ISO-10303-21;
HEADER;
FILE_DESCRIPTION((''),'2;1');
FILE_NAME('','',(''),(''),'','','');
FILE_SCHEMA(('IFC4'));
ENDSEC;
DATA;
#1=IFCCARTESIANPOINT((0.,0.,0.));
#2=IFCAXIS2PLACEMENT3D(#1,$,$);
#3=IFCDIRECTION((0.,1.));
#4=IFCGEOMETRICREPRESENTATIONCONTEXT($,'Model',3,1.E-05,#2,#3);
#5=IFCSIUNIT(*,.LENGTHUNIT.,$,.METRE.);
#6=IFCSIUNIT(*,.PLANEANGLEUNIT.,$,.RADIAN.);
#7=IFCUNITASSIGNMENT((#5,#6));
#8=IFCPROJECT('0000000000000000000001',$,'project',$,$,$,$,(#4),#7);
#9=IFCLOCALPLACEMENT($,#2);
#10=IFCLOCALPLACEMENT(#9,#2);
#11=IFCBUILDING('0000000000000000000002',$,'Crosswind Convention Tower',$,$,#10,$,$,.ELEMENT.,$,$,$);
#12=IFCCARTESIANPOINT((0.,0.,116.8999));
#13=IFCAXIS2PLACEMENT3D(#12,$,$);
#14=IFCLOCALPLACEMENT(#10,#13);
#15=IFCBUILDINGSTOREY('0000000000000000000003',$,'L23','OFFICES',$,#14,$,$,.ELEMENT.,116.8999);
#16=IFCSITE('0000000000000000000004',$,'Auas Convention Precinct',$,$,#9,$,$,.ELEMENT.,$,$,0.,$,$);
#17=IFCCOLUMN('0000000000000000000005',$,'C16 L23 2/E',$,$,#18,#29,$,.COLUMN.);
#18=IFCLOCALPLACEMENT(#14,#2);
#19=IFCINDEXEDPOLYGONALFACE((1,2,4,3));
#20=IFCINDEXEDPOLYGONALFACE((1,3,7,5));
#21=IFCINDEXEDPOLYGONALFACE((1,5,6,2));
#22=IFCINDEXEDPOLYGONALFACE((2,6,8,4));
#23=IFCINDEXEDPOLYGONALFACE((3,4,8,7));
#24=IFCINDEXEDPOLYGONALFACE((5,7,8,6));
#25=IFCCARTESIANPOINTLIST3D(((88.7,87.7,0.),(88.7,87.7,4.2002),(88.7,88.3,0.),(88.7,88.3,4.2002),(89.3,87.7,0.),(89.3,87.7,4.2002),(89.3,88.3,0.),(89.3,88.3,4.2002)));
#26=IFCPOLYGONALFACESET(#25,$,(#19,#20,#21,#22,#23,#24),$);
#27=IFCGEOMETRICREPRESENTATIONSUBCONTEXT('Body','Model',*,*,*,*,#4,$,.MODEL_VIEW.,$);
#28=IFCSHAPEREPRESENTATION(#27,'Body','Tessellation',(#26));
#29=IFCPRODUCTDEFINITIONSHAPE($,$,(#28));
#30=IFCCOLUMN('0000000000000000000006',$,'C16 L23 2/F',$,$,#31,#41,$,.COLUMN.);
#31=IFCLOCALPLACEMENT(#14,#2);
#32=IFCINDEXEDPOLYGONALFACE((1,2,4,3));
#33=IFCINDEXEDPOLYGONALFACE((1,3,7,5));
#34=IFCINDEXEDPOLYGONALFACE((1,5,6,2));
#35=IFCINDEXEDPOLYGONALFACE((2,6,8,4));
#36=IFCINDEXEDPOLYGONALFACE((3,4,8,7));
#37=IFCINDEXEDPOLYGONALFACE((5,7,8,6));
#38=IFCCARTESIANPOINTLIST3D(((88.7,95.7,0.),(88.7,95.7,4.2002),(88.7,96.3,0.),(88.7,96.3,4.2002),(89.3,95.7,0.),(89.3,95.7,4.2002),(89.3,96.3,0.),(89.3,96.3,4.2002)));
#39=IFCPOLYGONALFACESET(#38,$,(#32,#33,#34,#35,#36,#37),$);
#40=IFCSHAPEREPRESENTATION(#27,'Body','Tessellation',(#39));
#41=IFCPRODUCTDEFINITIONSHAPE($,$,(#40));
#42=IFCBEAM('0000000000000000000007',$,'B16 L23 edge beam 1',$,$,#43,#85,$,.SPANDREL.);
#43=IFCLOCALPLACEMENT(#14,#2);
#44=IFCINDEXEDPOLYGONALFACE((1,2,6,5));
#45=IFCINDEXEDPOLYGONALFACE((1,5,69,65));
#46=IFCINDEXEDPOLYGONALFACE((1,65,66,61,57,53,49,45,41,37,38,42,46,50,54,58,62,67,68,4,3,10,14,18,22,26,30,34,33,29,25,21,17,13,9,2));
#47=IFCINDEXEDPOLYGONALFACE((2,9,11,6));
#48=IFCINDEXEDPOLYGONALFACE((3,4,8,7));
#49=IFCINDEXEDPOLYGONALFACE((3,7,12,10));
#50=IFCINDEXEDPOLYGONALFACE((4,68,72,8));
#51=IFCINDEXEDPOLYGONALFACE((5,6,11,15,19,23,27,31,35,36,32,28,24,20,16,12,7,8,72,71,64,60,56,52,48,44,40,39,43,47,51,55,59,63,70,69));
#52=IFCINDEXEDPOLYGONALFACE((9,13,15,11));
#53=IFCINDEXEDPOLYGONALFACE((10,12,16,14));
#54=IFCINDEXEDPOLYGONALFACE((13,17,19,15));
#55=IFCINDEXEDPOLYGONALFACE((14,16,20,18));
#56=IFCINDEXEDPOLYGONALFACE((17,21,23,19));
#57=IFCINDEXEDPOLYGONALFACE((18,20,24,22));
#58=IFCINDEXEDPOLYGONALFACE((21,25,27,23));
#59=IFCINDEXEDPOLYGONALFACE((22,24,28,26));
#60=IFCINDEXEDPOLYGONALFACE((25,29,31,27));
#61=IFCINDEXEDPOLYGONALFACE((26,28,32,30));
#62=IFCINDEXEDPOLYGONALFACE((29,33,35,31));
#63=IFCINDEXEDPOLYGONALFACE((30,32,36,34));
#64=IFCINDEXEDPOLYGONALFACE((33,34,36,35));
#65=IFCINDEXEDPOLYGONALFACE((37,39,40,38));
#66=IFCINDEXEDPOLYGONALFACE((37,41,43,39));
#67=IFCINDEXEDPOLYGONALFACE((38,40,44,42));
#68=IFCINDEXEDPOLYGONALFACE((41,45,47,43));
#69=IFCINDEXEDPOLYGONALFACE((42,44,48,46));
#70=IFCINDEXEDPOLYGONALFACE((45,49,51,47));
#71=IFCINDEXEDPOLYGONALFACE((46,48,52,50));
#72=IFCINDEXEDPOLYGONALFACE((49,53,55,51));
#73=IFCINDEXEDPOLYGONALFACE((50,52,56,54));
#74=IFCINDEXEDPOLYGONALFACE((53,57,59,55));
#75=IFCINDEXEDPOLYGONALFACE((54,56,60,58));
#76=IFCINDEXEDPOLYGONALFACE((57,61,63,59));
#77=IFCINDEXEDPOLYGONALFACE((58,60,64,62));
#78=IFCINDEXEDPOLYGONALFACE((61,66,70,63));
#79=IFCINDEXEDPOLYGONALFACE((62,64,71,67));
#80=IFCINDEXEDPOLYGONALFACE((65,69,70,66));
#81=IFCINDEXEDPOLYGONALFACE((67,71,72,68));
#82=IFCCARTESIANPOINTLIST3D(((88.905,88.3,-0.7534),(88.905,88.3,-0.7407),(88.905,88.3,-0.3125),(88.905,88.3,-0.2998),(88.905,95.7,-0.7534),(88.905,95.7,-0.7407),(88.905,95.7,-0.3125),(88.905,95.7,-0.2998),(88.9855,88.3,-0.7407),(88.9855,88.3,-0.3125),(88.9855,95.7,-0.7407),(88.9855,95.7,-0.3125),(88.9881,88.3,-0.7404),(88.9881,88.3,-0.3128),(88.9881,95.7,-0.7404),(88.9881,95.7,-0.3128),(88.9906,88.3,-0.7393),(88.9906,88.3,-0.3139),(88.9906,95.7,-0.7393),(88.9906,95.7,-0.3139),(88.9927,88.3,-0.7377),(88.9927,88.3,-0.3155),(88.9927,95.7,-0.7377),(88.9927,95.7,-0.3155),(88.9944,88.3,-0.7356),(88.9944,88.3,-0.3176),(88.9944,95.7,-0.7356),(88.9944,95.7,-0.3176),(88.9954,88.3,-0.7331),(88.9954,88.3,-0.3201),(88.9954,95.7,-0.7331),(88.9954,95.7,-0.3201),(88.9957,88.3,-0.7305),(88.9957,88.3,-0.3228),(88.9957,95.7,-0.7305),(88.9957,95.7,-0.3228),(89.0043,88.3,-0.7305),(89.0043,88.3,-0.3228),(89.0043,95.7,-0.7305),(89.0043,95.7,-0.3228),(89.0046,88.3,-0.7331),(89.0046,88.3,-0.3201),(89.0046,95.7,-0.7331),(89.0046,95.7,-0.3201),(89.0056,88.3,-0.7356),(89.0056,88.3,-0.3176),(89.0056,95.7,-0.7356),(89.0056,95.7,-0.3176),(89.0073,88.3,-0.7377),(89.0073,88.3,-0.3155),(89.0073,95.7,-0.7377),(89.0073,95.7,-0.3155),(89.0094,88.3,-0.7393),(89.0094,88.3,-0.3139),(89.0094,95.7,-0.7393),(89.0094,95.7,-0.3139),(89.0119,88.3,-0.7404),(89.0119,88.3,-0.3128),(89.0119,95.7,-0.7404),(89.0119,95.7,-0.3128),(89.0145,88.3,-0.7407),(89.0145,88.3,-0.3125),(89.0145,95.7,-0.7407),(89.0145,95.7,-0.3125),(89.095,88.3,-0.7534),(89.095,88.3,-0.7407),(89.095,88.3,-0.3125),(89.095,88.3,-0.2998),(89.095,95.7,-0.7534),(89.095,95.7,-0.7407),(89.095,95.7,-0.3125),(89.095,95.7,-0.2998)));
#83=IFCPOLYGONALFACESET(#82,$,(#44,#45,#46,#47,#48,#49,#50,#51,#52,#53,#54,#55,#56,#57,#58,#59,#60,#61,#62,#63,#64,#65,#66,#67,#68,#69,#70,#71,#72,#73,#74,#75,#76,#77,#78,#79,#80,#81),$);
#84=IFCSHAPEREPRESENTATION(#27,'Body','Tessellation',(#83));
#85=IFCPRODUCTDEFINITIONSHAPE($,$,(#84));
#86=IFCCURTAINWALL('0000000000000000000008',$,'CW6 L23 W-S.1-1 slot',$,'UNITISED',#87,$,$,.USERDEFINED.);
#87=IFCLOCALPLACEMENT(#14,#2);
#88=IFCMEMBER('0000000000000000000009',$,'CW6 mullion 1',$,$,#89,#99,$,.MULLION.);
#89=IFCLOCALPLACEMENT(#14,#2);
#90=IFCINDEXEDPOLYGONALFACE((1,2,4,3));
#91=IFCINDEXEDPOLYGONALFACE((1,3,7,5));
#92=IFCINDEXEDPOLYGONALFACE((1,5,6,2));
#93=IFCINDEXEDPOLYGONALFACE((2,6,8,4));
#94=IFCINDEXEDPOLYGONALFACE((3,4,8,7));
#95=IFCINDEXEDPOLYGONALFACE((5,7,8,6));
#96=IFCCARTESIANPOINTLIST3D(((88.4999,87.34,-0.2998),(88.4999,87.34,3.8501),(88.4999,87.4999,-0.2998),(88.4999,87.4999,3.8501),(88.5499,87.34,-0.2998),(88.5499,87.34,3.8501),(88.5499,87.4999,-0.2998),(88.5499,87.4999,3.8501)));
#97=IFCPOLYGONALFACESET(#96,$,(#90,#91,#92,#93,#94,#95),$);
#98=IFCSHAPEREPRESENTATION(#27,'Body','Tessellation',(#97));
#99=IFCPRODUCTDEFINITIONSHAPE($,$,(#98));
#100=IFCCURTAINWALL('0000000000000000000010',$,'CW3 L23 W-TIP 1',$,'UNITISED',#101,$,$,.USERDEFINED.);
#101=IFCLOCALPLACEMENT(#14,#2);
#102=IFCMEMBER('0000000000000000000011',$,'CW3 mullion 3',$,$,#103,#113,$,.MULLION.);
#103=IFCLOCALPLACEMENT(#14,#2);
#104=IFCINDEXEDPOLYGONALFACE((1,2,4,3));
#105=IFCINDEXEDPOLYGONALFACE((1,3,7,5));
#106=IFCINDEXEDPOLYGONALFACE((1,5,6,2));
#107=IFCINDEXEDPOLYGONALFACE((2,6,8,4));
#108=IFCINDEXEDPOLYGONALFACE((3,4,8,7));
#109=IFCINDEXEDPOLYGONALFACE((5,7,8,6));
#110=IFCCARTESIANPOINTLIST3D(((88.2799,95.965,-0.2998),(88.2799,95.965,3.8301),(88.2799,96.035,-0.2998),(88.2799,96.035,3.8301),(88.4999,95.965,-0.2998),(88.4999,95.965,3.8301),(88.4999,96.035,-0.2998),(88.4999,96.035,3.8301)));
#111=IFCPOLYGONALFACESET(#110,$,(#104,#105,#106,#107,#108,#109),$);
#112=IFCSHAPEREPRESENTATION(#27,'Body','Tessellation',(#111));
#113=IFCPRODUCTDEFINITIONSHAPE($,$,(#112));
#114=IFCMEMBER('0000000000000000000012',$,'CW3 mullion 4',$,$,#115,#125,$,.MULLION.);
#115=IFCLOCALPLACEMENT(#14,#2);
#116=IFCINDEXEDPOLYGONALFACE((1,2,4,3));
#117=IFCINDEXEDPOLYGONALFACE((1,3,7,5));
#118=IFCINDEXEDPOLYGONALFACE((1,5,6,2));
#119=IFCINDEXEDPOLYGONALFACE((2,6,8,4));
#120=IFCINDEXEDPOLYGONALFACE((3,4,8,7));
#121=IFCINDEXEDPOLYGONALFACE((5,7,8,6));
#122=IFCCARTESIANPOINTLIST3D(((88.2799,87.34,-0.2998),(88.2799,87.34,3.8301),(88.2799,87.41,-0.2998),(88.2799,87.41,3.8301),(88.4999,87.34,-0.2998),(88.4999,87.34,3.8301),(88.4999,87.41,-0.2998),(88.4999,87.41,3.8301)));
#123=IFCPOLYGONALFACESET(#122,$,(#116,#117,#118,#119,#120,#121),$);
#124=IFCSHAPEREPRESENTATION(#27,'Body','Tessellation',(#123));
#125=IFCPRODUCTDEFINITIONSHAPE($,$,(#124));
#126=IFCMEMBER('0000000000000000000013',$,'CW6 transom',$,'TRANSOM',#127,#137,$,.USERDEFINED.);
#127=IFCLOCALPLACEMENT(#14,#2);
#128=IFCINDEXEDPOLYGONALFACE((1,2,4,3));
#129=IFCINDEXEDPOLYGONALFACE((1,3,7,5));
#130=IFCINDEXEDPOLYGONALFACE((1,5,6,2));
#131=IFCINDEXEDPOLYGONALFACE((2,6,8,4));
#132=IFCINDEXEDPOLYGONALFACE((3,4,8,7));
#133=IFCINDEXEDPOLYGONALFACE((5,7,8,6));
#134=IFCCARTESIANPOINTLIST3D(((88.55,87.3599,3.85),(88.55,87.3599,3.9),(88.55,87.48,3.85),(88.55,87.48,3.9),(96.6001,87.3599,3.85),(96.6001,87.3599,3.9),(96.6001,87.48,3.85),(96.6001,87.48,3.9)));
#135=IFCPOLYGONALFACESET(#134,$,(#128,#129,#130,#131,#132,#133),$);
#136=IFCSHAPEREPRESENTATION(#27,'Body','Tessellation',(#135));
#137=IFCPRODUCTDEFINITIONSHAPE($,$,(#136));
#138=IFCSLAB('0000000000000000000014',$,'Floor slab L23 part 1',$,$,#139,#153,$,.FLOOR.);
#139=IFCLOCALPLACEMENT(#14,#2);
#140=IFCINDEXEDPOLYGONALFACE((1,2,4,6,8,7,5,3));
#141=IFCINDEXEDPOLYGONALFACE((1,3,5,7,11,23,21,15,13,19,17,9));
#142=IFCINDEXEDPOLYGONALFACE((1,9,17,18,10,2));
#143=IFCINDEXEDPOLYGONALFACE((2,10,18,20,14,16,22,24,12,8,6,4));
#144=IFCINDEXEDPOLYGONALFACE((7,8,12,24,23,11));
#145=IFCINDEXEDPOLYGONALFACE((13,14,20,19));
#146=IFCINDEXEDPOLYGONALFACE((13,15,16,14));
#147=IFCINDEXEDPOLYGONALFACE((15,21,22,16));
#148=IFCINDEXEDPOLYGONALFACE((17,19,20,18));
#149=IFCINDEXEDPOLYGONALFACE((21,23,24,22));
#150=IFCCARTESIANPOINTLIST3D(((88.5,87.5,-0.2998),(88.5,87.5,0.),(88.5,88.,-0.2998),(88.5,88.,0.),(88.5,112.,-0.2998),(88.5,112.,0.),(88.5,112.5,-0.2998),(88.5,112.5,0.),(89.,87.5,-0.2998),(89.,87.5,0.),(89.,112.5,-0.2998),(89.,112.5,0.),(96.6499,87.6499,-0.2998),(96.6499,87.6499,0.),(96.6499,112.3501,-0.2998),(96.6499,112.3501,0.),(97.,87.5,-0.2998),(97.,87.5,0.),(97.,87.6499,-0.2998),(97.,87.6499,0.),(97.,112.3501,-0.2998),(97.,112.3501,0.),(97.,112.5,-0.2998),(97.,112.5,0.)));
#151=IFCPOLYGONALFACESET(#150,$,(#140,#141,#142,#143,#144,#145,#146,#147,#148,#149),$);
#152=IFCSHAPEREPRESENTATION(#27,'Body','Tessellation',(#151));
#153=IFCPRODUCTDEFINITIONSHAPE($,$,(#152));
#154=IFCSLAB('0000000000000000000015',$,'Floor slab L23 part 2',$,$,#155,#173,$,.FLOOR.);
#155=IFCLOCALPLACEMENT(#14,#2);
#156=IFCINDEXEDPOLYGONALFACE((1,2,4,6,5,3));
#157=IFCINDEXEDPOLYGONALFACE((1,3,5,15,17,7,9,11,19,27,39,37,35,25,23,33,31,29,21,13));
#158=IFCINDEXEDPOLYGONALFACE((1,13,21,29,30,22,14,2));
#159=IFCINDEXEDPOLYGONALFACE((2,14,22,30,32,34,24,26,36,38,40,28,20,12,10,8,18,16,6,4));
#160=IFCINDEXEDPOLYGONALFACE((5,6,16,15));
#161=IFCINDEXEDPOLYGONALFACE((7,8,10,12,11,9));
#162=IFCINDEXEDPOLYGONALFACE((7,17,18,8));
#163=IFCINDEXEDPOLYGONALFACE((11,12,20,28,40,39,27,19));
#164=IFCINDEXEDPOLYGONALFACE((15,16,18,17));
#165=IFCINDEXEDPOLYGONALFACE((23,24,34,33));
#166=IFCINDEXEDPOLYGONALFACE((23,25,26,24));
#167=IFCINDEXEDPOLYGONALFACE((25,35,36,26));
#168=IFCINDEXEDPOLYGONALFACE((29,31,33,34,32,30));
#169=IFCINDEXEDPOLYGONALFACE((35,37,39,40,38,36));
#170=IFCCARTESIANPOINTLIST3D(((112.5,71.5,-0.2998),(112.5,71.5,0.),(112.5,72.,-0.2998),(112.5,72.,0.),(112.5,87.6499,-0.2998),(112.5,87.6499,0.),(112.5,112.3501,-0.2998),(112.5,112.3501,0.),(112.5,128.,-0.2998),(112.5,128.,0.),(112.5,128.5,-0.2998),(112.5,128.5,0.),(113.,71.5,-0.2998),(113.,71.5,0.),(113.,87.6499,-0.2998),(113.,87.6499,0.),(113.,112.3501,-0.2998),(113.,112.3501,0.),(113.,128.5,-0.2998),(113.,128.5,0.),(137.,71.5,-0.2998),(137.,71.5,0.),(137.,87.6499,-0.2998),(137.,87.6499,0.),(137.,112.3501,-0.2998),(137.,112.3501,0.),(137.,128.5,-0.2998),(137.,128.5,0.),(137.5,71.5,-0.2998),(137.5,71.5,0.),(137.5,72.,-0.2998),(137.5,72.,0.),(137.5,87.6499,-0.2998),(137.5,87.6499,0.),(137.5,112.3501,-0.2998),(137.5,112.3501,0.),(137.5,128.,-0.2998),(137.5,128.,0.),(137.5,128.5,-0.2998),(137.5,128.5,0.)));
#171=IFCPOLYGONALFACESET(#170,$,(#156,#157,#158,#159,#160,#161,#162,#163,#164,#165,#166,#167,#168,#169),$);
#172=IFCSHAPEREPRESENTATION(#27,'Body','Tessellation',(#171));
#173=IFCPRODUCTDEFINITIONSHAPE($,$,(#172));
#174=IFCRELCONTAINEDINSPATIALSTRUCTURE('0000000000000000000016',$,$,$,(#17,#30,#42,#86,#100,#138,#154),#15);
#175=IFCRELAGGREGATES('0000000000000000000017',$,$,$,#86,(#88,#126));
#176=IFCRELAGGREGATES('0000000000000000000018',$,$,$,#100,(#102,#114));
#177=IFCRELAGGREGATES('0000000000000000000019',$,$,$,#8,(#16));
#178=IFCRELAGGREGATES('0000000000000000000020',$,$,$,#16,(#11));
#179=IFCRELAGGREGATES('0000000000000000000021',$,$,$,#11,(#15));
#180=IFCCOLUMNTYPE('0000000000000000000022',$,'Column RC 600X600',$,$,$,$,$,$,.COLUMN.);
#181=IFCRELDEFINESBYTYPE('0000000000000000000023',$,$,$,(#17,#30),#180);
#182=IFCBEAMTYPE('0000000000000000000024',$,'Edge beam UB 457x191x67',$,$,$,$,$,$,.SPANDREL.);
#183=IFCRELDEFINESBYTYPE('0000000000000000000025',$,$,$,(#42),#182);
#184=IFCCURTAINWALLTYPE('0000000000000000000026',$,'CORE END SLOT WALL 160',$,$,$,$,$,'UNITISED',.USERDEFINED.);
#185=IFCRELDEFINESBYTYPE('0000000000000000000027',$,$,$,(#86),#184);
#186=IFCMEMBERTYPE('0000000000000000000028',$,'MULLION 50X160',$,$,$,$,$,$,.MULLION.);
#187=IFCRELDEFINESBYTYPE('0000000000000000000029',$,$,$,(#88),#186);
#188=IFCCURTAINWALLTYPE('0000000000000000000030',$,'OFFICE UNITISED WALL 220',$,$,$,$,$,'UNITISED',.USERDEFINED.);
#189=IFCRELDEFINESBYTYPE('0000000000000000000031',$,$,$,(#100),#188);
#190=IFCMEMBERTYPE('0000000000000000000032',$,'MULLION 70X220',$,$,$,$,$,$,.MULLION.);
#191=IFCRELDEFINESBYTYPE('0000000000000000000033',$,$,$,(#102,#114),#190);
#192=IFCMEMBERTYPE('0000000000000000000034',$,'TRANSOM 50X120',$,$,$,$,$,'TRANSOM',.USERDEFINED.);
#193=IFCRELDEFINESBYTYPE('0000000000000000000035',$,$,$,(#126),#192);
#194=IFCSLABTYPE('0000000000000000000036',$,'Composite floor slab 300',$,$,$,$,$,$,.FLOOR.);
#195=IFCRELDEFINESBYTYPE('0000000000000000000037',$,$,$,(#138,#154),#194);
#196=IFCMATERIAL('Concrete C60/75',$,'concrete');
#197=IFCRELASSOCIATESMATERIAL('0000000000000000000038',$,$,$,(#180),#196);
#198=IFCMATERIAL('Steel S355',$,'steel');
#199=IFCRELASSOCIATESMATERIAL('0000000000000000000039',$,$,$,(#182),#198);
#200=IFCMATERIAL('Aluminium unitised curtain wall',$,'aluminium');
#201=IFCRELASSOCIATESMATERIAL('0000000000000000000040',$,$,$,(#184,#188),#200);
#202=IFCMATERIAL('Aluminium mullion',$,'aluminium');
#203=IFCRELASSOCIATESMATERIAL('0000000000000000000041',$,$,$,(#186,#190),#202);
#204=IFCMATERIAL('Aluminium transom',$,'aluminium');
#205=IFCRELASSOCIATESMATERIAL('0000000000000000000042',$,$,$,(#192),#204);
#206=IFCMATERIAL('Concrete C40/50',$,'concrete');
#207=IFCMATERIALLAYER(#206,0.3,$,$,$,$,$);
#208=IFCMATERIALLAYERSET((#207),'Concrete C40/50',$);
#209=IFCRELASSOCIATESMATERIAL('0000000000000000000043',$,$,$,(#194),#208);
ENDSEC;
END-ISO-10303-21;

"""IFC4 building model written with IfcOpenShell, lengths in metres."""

from ifc_helpers import new_model, si_unit, direction, frame, origin, origin_2d, place, context, subcontext, project, spatial, polyline, rectangle, i_section, outline, extrude, material, layer, layer_set, material_profile, profile_set, type_object, element, aggregate, save


model = new_model("IFC4")

# Units and contexts
model_context = context("Model", 3, precision=1e-05, world=origin(), true_north=direction((0.0, 1.0)))
body_context = subcontext(model_context, "Body", "Model", "MODEL_VIEW")
ifc_project = project(units=[si_unit("LENGTHUNIT", "METRE"), si_unit("PLANEANGLEUNIT", "RADIAN")], contexts=[model_context])

# Site, building, storey
site_placement = place(None, origin())
site = spatial("IfcSite", under=ifc_project, at=site_placement, Name="Auas Convention Precinct", CompositionType="ELEMENT", RefElevation=0.0)
building_placement = place(site_placement, origin())
building = spatial("IfcBuilding", under=site, at=building_placement, Name="Crosswind Convention Tower", CompositionType="ELEMENT")
storey_placement = place(building_placement, frame((0.0, 0.0, 116.8999)))
storey = spatial("IfcBuildingStorey", under=building, at=storey_placement, Name="L23", Description="OFFICES", CompositionType="ELEMENT", Elevation=116.8999)

# Columns
ifc_material_1 = material(Name="Concrete C60/75", Category="concrete")
ifc_material_profile_1 = material_profile(ifc_material_1, rectangle(XDim=0.6001, YDim=0.6001, at=origin_2d()), Name="RC 600X600")
ifc_profile_set_1 = profile_set([ifc_material_profile_1], Name="Concrete C60/75")
column_type = type_object("IfcColumnType", Name="Column RC 600X600", PredefinedType="COLUMN", material=ifc_profile_set_1)
for number, where, z_axis, x_axis, name in (
    (1, (89.0, 88.0, 0.0), (0.0, 0.0, 1.0), (1.0, 0.0, 0.0), "C16 L23 2/E"),
    (2, (89.0, 96.0, 0.0), (0.0, 0.0, 1.0), (1.0, 0.0, 0.0), "C16 L23 2/F"),
):
    element("IfcColumn", number, at=place(storey_placement, frame(where, z_axis=z_axis, x_axis=x_axis)), inside=storey, type_object=column_type, Name=name, PredefinedType="COLUMN", context=body_context, shape_type="SweptSolid", body=[
        extrude(rectangle(XDim=0.6001, YDim=0.6001, at=origin_2d()), origin(), (0.0, 0.0, 1.0), 4.2002),
    ])

# Beam
ifc_material_2 = material(Name="Steel S355", Category="steel")
ifc_material_profile_2 = material_profile(ifc_material_2, i_section(OverallWidth=0.1899, OverallDepth=0.4536, WebThickness=0.0085, FlangeThickness=0.0127, FilletRadius=0.0103, at=origin_2d()), Name="UB 457x191x67")
ifc_profile_set_2 = profile_set([ifc_material_profile_2], Name="Steel S355")
beam_type = type_object("IfcBeamType", Name="Edge beam UB 457x191x67", PredefinedType="SPANDREL", material=ifc_profile_set_2)
beam_placement = place(storey_placement, frame((89.0, 88.3, -0.5266), z_axis=(0.0, 1.0, 0.0), x_axis=(-1.0, 0.0, 0.0)))
element("IfcBeam", 3, at=beam_placement, inside=storey, type_object=beam_type, Name="B16 L23 edge beam 1", PredefinedType="SPANDREL", context=body_context, shape_type="SweptSolid", body=[
    extrude(i_section(OverallWidth=0.1899, OverallDepth=0.4536, WebThickness=0.0085, FlangeThickness=0.0127, FilletRadius=0.0103, at=origin_2d()), origin(), (0.0, 0.0, 1.0), 7.3999),
])

# Curtain wall, member
ifc_material_3 = material(Name="Aluminium unitised curtain wall", Category="aluminium")
curtain_wall_type_1 = type_object("IfcCurtainWallType", Name="CORE END SLOT WALL 160", ElementType="UNITISED", PredefinedType="USERDEFINED", material=ifc_material_3)
curtain_wall_1_placement = place(storey_placement, origin())
curtain_wall_1 = element("IfcCurtainWall", 4, at=curtain_wall_1_placement, inside=storey, type_object=curtain_wall_type_1, Name="CW6 L23 W-S.1-1 slot", ObjectType="UNITISED", PredefinedType="USERDEFINED")
ifc_material_4 = material(Name="Aluminium mullion", Category="aluminium")
ifc_material_profile_3 = material_profile(ifc_material_4, rectangle(XDim=0.1599, YDim=0.05, at=origin_2d()), Name="AL 160X50")
ifc_profile_set_3 = profile_set([ifc_material_profile_3], Name="Aluminium mullion")
member_type_1 = type_object("IfcMemberType", Name="MULLION 50X160", PredefinedType="MULLION", material=ifc_profile_set_3)
member_1_placement = place(storey_placement, frame((88.5249, 87.4199, -0.2998), z_axis=(0.0, 0.0, 1.0), x_axis=(0.0, -1.0, 0.0)))
member_1 = element("IfcMember", 5, at=member_1_placement, type_object=member_type_1, Name="CW6 mullion 1", PredefinedType="MULLION", context=body_context, shape_type="SweptSolid", body=[
    extrude(rectangle(XDim=0.1599, YDim=0.05, at=origin_2d()), origin(), (0.0, 0.0, 1.0), 4.1499),
])

# Curtain wall, members
curtain_wall_type_2 = type_object("IfcCurtainWallType", Name="OFFICE UNITISED WALL 220", ElementType="UNITISED", PredefinedType="USERDEFINED", material=ifc_material_3)
curtain_wall_2_placement = place(storey_placement, origin())
curtain_wall_2 = element("IfcCurtainWall", 6, at=curtain_wall_2_placement, inside=storey, type_object=curtain_wall_type_2, Name="CW3 L23 W-TIP 1", ObjectType="UNITISED", PredefinedType="USERDEFINED")
ifc_material_profile_4 = material_profile(ifc_material_4, rectangle(XDim=0.22, YDim=0.0701, at=origin_2d()), Name="AL 220X70")
ifc_profile_set_4 = profile_set([ifc_material_profile_4], Name="Aluminium mullion")
member_type_2 = type_object("IfcMemberType", Name="MULLION 70X220", PredefinedType="MULLION", material=ifc_profile_set_4)
member_2_placement = place(storey_placement, frame((88.3899, 96.0, -0.2998), z_axis=(0.0, 0.0, 1.0), x_axis=(-1.0, 0.0, 0.0)))
member_2 = element("IfcMember", 7, at=member_2_placement, type_object=member_type_2, Name="CW3 mullion 3", PredefinedType="MULLION", context=body_context, shape_type="SweptSolid", body=[
    extrude(rectangle(XDim=0.22, YDim=0.0701, at=origin_2d()), origin(), (0.0, 0.0, 1.0), 4.1299),
])
member_3_placement = place(storey_placement, frame((88.3899, 87.375, -0.2998), z_axis=(0.0, 0.0, 1.0), x_axis=(-1.0, 0.0, 0.0)))
member_3 = element("IfcMember", 8, at=member_3_placement, type_object=member_type_2, Name="CW3 mullion 4", PredefinedType="MULLION", context=body_context, shape_type="SweptSolid", body=[
    extrude(rectangle(XDim=0.22, YDim=0.0701, at=origin_2d()), origin(), (0.0, 0.0, 1.0), 4.1299),
])

# Member
ifc_material_5 = material(Name="Aluminium transom", Category="aluminium")
ifc_material_profile_5 = material_profile(ifc_material_5, rectangle(XDim=0.1201, YDim=0.05, at=origin_2d()), Name="AL 120X50")
ifc_profile_set_5 = profile_set([ifc_material_profile_5], Name="Aluminium transom")
member_type_3 = type_object("IfcMemberType", Name="TRANSOM 50X120", ElementType="TRANSOM", PredefinedType="USERDEFINED", material=ifc_profile_set_5)
member_4_placement = place(storey_placement, frame((88.55, 87.4199, 3.875), z_axis=(1.0, 0.0, 0.0), x_axis=(0.0, 1.0, 0.0)))
member_4 = element("IfcMember", 9, at=member_4_placement, type_object=member_type_3, Name="CW6 transom", ObjectType="TRANSOM", PredefinedType="USERDEFINED", context=body_context, shape_type="SweptSolid", body=[
    extrude(rectangle(XDim=0.1201, YDim=0.05, at=origin_2d()), origin(), (0.0, 0.0, 1.0), 8.05),
])

# Slabs
ifc_material_6 = material(Name="Concrete C40/50", Category="concrete")
ifc_layer_1 = layer(ifc_material_6, 0.3)
ifc_layer_set_1 = layer_set([ifc_layer_1], Name="Concrete C40/50")
slab_type_1 = type_object("IfcSlabType", Name="Composite floor slab 300", PredefinedType="FLOOR", material=ifc_layer_set_1)
slab_1_placement = place(storey_placement, frame((0.0, 0.0, -0.2998)))
element("IfcSlab", 10, at=slab_1_placement, inside=storey, type_object=slab_type_1, Name="Floor slab L23 part 1", PredefinedType="FLOOR", context=body_context, shape_type="SweptSolid", body=[
    extrude(outline(polyline([(97.0, 87.5), (89.0, 87.5), (88.5, 87.5), (88.5, 88.0), (88.5, 112.0), (88.5, 112.5), (89.0, 112.5), (97.0, 112.5), (97.0, 112.3501), (96.6499, 112.3501), (96.6499, 87.6499), (97.0, 87.6499), (97.0, 87.5)])), origin(), (0.0, 0.0, 1.0), 0.2998),
])
slab_2_placement = place(storey_placement, frame((0.0, 0.0, -0.2998)))
element("IfcSlab", 11, at=slab_2_placement, inside=storey, type_object=slab_type_1, Name="Floor slab L23 part 2", PredefinedType="FLOOR", context=body_context, shape_type="SweptSolid", body=[
    extrude(outline(polyline([(112.5, 87.6499), (113.0, 87.6499), (113.0, 112.3501), (112.5, 112.3501), (112.5, 128.0), (112.5, 128.5), (113.0, 128.5), (137.0, 128.5), (137.5, 128.5), (137.5, 128.0), (137.5, 112.3501), (137.0, 112.3501), (137.0, 87.6499), (137.5, 87.6499), (137.5, 72.0), (137.5, 71.5), (137.0, 71.5), (113.0, 71.5), (112.5, 71.5), (112.5, 72.0), (112.5, 87.6499)])), origin(), (0.0, 0.0, 1.0), 0.2998),
])

aggregate(curtain_wall_1, [member_1, member_4])
aggregate(curtain_wall_2, [member_2, member_3])

save(model, "model.ifc")
